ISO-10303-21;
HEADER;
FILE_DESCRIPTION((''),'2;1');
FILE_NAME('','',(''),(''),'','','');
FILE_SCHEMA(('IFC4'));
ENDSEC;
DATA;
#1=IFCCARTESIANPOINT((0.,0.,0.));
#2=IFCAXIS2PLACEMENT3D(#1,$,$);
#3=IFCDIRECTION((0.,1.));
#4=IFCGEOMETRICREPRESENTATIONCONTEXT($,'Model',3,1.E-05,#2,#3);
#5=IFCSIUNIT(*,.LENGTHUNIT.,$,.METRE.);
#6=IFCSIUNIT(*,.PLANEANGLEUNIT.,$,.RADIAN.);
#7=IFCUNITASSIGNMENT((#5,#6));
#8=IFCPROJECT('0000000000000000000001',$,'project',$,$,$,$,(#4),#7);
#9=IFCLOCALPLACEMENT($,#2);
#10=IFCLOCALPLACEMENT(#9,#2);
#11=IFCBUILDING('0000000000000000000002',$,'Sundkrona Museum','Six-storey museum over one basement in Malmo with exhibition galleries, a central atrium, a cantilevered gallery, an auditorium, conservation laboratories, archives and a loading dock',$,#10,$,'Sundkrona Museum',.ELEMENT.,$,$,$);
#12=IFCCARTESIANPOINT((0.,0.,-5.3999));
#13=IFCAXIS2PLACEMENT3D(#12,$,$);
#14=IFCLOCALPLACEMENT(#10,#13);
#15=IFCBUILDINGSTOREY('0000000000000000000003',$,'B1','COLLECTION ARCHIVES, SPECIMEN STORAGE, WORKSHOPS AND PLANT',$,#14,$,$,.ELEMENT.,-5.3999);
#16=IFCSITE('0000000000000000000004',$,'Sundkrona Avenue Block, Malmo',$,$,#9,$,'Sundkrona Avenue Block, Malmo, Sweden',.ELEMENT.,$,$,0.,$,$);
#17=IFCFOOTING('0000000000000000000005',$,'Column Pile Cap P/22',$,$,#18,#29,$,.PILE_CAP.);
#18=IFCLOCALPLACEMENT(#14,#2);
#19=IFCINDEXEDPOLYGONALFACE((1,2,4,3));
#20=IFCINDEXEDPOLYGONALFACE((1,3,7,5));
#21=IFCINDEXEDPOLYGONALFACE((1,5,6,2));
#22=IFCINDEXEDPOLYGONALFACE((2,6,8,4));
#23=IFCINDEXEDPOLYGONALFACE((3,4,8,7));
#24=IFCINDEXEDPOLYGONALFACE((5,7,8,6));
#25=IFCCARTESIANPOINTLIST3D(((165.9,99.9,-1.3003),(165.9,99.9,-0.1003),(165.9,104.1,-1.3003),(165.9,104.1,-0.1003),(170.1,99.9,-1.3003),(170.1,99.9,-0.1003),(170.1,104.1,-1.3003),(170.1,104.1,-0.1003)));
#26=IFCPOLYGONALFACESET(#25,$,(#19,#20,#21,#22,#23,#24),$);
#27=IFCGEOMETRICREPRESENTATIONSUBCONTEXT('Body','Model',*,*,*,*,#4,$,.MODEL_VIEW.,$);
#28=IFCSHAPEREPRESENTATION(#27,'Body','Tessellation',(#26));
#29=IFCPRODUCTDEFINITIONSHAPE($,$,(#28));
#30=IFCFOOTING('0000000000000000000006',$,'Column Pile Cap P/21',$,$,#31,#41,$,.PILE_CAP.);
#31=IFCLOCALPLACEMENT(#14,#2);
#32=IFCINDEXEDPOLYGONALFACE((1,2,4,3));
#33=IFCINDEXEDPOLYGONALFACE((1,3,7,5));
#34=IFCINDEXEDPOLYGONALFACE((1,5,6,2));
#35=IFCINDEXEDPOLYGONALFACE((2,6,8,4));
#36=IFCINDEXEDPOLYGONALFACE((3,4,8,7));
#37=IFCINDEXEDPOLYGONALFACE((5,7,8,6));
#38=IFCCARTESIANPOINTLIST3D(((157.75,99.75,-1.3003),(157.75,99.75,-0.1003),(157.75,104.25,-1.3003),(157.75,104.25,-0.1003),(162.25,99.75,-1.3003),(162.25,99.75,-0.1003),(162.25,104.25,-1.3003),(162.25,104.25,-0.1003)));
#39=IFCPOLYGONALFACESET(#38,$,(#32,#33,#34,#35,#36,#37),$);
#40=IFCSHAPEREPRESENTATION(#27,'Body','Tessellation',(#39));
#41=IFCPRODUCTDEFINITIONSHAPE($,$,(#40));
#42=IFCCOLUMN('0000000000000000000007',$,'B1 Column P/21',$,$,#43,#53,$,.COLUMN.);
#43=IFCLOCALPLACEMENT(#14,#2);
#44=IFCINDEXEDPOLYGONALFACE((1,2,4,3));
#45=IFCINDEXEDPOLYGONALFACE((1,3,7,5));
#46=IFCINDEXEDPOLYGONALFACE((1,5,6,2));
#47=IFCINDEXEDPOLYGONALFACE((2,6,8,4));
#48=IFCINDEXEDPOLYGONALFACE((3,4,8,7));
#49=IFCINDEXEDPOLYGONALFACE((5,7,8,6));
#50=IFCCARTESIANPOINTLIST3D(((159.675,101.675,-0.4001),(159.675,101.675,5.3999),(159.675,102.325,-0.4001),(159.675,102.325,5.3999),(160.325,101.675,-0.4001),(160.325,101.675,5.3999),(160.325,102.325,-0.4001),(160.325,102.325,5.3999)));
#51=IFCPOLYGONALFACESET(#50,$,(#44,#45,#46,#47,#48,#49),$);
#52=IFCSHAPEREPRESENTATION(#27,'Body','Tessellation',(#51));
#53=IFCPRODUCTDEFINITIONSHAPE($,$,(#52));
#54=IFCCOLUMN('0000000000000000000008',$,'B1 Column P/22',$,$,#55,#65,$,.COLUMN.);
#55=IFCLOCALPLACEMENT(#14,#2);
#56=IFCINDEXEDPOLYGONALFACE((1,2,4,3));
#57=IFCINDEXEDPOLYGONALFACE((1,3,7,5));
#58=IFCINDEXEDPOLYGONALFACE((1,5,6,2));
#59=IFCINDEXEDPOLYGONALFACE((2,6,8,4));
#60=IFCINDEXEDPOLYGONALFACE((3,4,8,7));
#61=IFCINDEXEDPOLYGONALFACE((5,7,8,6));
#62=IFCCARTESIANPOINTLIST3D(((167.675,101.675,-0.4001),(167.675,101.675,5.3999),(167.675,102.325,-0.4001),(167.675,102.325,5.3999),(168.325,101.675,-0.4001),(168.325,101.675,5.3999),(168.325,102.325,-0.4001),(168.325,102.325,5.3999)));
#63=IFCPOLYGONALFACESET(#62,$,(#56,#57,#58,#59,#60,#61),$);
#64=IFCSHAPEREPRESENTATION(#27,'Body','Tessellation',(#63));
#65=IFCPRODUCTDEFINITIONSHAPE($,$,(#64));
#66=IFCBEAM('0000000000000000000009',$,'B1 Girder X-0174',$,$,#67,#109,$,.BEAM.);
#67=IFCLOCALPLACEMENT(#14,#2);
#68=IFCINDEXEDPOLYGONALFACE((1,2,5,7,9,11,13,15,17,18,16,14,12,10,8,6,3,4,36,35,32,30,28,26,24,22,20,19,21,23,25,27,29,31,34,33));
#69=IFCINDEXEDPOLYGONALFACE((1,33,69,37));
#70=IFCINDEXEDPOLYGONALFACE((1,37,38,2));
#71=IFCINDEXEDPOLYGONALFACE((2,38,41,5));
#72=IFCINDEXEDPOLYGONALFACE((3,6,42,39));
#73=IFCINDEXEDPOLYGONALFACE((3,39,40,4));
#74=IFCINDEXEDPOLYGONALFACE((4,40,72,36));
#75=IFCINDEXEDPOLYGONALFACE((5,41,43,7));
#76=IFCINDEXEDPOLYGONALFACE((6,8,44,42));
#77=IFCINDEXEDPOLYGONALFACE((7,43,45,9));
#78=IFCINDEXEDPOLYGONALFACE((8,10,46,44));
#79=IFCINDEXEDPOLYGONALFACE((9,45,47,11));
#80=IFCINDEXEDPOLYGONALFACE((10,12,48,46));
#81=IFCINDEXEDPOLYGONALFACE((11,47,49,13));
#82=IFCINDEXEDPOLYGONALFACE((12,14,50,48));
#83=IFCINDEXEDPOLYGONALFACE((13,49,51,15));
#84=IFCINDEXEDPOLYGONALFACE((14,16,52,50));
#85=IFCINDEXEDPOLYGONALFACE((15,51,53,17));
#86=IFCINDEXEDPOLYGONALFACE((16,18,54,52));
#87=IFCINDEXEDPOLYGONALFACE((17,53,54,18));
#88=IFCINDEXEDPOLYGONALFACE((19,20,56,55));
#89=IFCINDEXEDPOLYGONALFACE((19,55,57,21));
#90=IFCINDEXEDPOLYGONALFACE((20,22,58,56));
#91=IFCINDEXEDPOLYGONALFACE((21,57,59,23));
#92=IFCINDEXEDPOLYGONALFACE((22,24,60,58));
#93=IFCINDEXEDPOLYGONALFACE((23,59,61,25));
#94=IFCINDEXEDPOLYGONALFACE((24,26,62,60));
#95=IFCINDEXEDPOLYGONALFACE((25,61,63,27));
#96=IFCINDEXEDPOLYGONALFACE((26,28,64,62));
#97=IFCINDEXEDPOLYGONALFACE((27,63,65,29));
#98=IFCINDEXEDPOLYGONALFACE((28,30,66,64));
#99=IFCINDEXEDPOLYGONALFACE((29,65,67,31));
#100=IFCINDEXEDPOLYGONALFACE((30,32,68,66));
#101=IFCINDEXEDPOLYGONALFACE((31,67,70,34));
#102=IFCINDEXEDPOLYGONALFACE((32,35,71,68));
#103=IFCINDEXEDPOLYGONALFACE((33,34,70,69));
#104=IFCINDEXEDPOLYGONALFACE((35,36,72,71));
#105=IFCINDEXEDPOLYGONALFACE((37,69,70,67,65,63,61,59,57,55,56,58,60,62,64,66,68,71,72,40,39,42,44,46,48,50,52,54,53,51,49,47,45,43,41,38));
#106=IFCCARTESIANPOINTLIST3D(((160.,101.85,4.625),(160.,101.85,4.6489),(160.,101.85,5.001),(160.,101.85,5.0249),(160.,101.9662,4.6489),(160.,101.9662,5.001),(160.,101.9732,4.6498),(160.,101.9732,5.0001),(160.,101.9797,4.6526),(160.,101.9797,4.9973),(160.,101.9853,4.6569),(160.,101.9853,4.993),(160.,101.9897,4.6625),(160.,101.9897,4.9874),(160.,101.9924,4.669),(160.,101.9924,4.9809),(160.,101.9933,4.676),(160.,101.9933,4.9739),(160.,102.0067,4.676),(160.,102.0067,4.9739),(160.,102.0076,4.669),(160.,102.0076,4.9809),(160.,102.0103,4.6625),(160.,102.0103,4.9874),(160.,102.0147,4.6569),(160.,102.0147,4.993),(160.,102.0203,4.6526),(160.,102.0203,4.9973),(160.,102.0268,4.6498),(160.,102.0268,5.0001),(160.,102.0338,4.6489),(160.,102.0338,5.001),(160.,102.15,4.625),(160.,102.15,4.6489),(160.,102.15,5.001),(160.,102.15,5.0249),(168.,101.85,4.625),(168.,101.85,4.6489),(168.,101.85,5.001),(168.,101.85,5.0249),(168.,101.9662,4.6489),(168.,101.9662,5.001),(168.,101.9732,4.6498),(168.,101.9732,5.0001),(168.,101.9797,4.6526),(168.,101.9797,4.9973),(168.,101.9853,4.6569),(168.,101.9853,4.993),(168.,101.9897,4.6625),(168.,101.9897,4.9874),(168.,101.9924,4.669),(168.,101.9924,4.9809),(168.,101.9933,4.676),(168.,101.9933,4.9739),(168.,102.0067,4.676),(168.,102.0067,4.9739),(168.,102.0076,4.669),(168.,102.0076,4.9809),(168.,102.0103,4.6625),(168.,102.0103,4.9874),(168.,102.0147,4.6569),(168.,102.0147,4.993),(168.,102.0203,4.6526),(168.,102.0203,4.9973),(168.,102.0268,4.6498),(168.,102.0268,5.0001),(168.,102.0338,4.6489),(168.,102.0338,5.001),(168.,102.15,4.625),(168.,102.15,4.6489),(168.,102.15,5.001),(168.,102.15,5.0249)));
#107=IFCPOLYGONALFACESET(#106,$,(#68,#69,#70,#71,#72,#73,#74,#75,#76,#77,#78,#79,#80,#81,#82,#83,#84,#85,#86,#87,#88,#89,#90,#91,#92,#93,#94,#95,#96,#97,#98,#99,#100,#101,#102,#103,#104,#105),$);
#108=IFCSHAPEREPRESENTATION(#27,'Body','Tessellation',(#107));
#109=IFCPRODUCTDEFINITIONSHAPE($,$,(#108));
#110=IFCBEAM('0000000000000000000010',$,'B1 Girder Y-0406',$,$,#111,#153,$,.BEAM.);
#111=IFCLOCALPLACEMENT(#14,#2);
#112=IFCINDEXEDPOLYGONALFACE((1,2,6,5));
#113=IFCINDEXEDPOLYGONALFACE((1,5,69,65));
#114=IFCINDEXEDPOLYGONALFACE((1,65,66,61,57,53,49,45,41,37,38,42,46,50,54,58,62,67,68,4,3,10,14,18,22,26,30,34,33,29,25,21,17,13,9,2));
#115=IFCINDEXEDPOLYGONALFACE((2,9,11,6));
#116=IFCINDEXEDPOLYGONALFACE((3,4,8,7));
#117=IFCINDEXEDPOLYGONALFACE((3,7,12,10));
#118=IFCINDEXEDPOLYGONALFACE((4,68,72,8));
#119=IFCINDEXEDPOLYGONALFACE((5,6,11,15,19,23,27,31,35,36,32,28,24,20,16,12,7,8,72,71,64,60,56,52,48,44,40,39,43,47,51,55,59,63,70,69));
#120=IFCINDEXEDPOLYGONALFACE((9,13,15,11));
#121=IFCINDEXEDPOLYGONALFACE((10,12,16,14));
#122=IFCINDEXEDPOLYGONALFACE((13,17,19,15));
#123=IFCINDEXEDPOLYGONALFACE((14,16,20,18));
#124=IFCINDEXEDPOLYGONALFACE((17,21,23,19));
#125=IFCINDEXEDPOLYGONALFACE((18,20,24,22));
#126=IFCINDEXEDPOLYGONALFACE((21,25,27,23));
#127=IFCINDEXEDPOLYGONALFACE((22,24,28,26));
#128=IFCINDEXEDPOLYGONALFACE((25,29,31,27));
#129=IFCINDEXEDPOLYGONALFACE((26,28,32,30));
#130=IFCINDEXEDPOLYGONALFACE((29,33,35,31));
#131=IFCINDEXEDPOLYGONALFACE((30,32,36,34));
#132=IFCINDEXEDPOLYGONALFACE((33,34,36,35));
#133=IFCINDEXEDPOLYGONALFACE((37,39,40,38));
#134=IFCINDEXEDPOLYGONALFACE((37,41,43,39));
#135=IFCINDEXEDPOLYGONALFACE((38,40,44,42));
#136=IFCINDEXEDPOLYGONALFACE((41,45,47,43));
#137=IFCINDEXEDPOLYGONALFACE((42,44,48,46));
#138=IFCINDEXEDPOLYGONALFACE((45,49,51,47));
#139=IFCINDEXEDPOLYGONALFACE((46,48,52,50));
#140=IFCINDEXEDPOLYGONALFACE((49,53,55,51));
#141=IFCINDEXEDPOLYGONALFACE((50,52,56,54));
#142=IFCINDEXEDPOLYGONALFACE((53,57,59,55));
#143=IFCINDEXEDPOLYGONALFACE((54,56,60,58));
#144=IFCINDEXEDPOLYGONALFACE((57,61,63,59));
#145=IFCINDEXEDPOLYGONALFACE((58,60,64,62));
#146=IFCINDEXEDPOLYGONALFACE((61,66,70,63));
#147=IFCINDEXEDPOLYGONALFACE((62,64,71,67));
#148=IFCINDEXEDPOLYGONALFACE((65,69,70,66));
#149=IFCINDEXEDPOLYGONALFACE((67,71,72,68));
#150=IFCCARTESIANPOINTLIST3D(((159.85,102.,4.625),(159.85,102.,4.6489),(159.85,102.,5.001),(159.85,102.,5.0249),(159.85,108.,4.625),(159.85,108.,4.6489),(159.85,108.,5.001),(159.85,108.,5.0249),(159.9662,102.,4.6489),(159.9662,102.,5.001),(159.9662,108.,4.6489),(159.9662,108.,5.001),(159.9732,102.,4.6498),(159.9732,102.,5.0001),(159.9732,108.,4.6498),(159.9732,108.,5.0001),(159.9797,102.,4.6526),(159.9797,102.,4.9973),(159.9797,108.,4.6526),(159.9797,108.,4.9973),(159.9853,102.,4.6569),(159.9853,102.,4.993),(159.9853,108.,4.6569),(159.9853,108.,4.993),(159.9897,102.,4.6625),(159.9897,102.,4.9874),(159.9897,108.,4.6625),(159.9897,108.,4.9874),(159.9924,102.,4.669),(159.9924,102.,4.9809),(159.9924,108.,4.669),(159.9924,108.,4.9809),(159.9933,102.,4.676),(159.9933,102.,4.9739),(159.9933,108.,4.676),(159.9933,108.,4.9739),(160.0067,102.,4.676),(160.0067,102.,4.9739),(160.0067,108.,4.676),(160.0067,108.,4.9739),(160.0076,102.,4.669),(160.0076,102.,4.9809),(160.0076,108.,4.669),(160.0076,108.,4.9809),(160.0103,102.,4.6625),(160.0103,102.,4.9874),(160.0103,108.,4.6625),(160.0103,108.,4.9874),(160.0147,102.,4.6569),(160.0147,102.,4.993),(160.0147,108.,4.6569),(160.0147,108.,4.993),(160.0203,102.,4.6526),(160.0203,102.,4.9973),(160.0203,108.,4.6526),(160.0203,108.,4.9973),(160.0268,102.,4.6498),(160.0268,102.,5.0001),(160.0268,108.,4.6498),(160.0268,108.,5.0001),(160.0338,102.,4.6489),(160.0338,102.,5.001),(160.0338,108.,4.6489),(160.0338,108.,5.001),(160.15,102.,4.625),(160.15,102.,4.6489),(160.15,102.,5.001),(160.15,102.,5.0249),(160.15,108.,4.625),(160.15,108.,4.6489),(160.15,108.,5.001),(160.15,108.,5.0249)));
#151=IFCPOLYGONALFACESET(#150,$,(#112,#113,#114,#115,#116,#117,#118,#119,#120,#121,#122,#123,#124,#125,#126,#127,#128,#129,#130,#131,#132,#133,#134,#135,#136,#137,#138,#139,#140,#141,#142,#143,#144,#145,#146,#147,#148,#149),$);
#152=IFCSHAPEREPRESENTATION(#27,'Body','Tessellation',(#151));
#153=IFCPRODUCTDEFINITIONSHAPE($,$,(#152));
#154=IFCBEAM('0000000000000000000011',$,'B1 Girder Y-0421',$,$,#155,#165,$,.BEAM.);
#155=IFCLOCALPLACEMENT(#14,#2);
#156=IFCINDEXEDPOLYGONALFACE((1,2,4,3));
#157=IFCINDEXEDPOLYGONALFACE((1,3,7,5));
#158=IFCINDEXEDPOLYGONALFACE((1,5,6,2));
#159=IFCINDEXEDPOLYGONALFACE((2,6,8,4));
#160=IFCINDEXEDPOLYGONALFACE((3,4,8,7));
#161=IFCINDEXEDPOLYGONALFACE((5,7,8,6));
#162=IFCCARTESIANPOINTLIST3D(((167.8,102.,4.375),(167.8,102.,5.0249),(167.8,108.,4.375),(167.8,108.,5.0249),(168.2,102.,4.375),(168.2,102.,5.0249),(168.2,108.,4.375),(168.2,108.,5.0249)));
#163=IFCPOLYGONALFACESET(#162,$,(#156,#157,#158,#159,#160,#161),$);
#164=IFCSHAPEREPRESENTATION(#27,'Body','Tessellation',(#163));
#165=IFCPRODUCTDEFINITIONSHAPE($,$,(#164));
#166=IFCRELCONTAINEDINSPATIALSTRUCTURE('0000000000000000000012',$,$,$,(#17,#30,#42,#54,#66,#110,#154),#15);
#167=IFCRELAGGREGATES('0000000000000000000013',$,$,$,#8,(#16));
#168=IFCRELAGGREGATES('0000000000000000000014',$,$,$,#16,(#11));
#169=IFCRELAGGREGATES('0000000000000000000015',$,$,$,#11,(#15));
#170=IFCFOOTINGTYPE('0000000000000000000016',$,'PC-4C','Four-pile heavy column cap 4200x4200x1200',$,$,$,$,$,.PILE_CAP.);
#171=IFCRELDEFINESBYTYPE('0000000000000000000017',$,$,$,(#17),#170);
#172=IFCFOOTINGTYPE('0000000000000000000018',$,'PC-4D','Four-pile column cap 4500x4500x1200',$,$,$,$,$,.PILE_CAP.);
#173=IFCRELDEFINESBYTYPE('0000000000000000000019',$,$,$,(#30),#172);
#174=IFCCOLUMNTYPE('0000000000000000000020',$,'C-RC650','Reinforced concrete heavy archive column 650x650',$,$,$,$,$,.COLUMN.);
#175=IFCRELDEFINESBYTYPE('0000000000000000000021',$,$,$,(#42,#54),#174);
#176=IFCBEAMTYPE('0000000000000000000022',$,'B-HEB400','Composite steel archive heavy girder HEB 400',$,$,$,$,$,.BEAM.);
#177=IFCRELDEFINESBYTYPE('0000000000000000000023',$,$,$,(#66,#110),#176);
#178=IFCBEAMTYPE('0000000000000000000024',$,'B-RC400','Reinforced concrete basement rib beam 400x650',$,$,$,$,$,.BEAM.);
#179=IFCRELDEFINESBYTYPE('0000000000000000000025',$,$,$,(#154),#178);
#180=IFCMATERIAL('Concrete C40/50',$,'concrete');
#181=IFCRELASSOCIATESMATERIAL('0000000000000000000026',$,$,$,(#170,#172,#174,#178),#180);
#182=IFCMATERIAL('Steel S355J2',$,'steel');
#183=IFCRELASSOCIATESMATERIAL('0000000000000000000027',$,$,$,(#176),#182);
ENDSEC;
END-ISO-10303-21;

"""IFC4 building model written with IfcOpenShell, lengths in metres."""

from ifc_helpers import new_model, si_unit, direction, frame, origin, origin_2d, place, context, subcontext, project, spatial, rectangle, i_section, extrude, material, material_profile, profile_set, type_object, element, save


model = new_model("IFC4")

# Units and contexts
model_context = context("Model", 3, precision=1e-05, world=origin(), true_north=direction((0.0, 1.0)))
body_context = subcontext(model_context, "Body", "Model", "MODEL_VIEW")
ifc_project = project(units=[si_unit("LENGTHUNIT", "METRE"), si_unit("PLANEANGLEUNIT", "RADIAN")], contexts=[model_context])

# Site, building, storey
site_placement = place(None, origin())
site = spatial("IfcSite", under=ifc_project, at=site_placement, Name="Sundkrona Avenue Block, Malmo", LongName="Sundkrona Avenue Block, Malmo, Sweden", CompositionType="ELEMENT", RefElevation=0.0)
building_placement = place(site_placement, origin())
building = spatial("IfcBuilding", under=site, at=building_placement, Name="Sundkrona Museum", Description="Six-storey museum over one basement in Malmo with exhibition galleries, a central atrium, a cantilevered gallery, an auditorium, conservation laboratories, archives and a loading dock", LongName="Sundkrona Museum", CompositionType="ELEMENT")
storey_placement = place(building_placement, frame((0.0, 0.0, -5.3999)))
storey = spatial("IfcBuildingStorey", under=building, at=storey_placement, Name="B1", Description="COLLECTION ARCHIVES, SPECIMEN STORAGE, WORKSHOPS AND PLANT", CompositionType="ELEMENT", Elevation=-5.3999)

# Shared definitions
ifc_material_1 = material(Name="Concrete C40/50", Category="concrete")

# Footings
footing_type_1 = type_object("IfcFootingType", Name="PC-4C", Description="Four-pile heavy column cap 4200x4200x1200", PredefinedType="PILE_CAP", material=ifc_material_1)
footing_1_placement = place(storey_placement, frame((168.0, 102.0, -1.3003), z_axis=(0.0, 0.0, 1.0), x_axis=(1.0, 0.0, 0.0)))
element("IfcFooting", 1, at=footing_1_placement, inside=storey, type_object=footing_type_1, Name="Column Pile Cap P/22", PredefinedType="PILE_CAP", context=body_context, shape_type="SweptSolid", body=[
    extrude(rectangle(XDim=4.2, YDim=4.2, at=origin_2d()), origin(), (0.0, 0.0, 1.0), 1.2),
])
footing_type_2 = type_object("IfcFootingType", Name="PC-4D", Description="Four-pile column cap 4500x4500x1200", PredefinedType="PILE_CAP", material=ifc_material_1)
footing_2_placement = place(storey_placement, frame((160.0, 102.0, -1.3003), z_axis=(0.0, 0.0, 1.0), x_axis=(1.0, 0.0, 0.0)))
element("IfcFooting", 2, at=footing_2_placement, inside=storey, type_object=footing_type_2, Name="Column Pile Cap P/21", PredefinedType="PILE_CAP", context=body_context, shape_type="SweptSolid", body=[
    extrude(rectangle(XDim=4.5, YDim=4.5, at=origin_2d()), origin(), (0.0, 0.0, 1.0), 1.2),
])

# Columns
ifc_material_profile_1 = material_profile(ifc_material_1, rectangle(XDim=0.6499, YDim=0.6499, at=origin_2d()), Name="RC 650x650")
ifc_profile_set_1 = profile_set([ifc_material_profile_1], Name="Concrete C40/50")
column_type = type_object("IfcColumnType", Name="C-RC650", Description="Reinforced concrete heavy archive column 650x650", PredefinedType="COLUMN", material=ifc_profile_set_1)
for number, where, z_axis, x_axis, name in (
    (3, (160.0, 102.0, -0.4001), (0.0, 0.0, 1.0), (1.0, 0.0, 0.0), "B1 Column P/21"),
    (4, (168.0, 102.0, -0.4001), (0.0, 0.0, 1.0), (1.0, 0.0, 0.0), "B1 Column P/22"),
):
    element("IfcColumn", number, at=place(storey_placement, frame(where, z_axis=z_axis, x_axis=x_axis)), inside=storey, type_object=column_type, Name=name, PredefinedType="COLUMN", context=body_context, shape_type="SweptSolid", body=[
        extrude(rectangle(XDim=0.6499, YDim=0.6499, at=origin_2d()), origin(), (0.0, 0.0, 1.0), 5.8),
    ])

# Beams
ifc_material_2 = material(Name="Steel S355J2", Category="steel")
ifc_material_profile_2 = material_profile(ifc_material_2, i_section(OverallWidth=0.3, OverallDepth=0.3999, WebThickness=0.0134, FlangeThickness=0.0239, FilletRadius=0.0271, at=origin_2d()), Name="HEB 400")
ifc_profile_set_2 = profile_set([ifc_material_profile_2], Name="Steel S355J2")
beam_type_1 = type_object("IfcBeamType", Name="B-HEB400", Description="Composite steel archive heavy girder HEB 400", PredefinedType="BEAM", material=ifc_profile_set_2)
beam_1_placement = place(storey_placement, frame((160.0, 102.0, 4.825), z_axis=(1.0, 0.0, 0.0), x_axis=(0.0, 1.0, 0.0)))
element("IfcBeam", 5, at=beam_1_placement, inside=storey, type_object=beam_type_1, Name="B1 Girder X-0174", PredefinedType="BEAM", context=body_context, shape_type="SweptSolid", body=[
    extrude(i_section(OverallWidth=0.3, OverallDepth=0.3999, WebThickness=0.0134, FlangeThickness=0.0239, FilletRadius=0.0271, at=origin_2d()), origin(), (0.0, 0.0, 1.0), 8.0),
])
beam_2_placement = place(storey_placement, frame((160.0, 102.0, 4.825), z_axis=(0.0, 1.0, 0.0), x_axis=(-1.0, 0.0, 0.0)))
element("IfcBeam", 6, at=beam_2_placement, inside=storey, type_object=beam_type_1, Name="B1 Girder Y-0406", PredefinedType="BEAM", context=body_context, shape_type="SweptSolid", body=[
    extrude(i_section(OverallWidth=0.3, OverallDepth=0.3999, WebThickness=0.0134, FlangeThickness=0.0239, FilletRadius=0.0271, at=origin_2d()), origin(), (0.0, 0.0, 1.0), 6.0),
])
ifc_material_profile_3 = material_profile(ifc_material_1, rectangle(XDim=0.3999, YDim=0.6499, at=origin_2d()), Name="RCB 400x650")
ifc_profile_set_3 = profile_set([ifc_material_profile_3], Name="Concrete C40/50")
beam_type_2 = type_object("IfcBeamType", Name="B-RC400", Description="Reinforced concrete basement rib beam 400x650", PredefinedType="BEAM", material=ifc_profile_set_3)
beam_3_placement = place(storey_placement, frame((168.0, 102.0, 4.7), z_axis=(0.0, 1.0, 0.0), x_axis=(-1.0, 0.0, 0.0)))
element("IfcBeam", 7, at=beam_3_placement, inside=storey, type_object=beam_type_2, Name="B1 Girder Y-0421", PredefinedType="BEAM", context=body_context, shape_type="SweptSolid", body=[
    extrude(rectangle(XDim=0.3999, YDim=0.6499, at=origin_2d()), origin(), (0.0, 0.0, 1.0), 6.0),
])

save(model, "model.ifc")
